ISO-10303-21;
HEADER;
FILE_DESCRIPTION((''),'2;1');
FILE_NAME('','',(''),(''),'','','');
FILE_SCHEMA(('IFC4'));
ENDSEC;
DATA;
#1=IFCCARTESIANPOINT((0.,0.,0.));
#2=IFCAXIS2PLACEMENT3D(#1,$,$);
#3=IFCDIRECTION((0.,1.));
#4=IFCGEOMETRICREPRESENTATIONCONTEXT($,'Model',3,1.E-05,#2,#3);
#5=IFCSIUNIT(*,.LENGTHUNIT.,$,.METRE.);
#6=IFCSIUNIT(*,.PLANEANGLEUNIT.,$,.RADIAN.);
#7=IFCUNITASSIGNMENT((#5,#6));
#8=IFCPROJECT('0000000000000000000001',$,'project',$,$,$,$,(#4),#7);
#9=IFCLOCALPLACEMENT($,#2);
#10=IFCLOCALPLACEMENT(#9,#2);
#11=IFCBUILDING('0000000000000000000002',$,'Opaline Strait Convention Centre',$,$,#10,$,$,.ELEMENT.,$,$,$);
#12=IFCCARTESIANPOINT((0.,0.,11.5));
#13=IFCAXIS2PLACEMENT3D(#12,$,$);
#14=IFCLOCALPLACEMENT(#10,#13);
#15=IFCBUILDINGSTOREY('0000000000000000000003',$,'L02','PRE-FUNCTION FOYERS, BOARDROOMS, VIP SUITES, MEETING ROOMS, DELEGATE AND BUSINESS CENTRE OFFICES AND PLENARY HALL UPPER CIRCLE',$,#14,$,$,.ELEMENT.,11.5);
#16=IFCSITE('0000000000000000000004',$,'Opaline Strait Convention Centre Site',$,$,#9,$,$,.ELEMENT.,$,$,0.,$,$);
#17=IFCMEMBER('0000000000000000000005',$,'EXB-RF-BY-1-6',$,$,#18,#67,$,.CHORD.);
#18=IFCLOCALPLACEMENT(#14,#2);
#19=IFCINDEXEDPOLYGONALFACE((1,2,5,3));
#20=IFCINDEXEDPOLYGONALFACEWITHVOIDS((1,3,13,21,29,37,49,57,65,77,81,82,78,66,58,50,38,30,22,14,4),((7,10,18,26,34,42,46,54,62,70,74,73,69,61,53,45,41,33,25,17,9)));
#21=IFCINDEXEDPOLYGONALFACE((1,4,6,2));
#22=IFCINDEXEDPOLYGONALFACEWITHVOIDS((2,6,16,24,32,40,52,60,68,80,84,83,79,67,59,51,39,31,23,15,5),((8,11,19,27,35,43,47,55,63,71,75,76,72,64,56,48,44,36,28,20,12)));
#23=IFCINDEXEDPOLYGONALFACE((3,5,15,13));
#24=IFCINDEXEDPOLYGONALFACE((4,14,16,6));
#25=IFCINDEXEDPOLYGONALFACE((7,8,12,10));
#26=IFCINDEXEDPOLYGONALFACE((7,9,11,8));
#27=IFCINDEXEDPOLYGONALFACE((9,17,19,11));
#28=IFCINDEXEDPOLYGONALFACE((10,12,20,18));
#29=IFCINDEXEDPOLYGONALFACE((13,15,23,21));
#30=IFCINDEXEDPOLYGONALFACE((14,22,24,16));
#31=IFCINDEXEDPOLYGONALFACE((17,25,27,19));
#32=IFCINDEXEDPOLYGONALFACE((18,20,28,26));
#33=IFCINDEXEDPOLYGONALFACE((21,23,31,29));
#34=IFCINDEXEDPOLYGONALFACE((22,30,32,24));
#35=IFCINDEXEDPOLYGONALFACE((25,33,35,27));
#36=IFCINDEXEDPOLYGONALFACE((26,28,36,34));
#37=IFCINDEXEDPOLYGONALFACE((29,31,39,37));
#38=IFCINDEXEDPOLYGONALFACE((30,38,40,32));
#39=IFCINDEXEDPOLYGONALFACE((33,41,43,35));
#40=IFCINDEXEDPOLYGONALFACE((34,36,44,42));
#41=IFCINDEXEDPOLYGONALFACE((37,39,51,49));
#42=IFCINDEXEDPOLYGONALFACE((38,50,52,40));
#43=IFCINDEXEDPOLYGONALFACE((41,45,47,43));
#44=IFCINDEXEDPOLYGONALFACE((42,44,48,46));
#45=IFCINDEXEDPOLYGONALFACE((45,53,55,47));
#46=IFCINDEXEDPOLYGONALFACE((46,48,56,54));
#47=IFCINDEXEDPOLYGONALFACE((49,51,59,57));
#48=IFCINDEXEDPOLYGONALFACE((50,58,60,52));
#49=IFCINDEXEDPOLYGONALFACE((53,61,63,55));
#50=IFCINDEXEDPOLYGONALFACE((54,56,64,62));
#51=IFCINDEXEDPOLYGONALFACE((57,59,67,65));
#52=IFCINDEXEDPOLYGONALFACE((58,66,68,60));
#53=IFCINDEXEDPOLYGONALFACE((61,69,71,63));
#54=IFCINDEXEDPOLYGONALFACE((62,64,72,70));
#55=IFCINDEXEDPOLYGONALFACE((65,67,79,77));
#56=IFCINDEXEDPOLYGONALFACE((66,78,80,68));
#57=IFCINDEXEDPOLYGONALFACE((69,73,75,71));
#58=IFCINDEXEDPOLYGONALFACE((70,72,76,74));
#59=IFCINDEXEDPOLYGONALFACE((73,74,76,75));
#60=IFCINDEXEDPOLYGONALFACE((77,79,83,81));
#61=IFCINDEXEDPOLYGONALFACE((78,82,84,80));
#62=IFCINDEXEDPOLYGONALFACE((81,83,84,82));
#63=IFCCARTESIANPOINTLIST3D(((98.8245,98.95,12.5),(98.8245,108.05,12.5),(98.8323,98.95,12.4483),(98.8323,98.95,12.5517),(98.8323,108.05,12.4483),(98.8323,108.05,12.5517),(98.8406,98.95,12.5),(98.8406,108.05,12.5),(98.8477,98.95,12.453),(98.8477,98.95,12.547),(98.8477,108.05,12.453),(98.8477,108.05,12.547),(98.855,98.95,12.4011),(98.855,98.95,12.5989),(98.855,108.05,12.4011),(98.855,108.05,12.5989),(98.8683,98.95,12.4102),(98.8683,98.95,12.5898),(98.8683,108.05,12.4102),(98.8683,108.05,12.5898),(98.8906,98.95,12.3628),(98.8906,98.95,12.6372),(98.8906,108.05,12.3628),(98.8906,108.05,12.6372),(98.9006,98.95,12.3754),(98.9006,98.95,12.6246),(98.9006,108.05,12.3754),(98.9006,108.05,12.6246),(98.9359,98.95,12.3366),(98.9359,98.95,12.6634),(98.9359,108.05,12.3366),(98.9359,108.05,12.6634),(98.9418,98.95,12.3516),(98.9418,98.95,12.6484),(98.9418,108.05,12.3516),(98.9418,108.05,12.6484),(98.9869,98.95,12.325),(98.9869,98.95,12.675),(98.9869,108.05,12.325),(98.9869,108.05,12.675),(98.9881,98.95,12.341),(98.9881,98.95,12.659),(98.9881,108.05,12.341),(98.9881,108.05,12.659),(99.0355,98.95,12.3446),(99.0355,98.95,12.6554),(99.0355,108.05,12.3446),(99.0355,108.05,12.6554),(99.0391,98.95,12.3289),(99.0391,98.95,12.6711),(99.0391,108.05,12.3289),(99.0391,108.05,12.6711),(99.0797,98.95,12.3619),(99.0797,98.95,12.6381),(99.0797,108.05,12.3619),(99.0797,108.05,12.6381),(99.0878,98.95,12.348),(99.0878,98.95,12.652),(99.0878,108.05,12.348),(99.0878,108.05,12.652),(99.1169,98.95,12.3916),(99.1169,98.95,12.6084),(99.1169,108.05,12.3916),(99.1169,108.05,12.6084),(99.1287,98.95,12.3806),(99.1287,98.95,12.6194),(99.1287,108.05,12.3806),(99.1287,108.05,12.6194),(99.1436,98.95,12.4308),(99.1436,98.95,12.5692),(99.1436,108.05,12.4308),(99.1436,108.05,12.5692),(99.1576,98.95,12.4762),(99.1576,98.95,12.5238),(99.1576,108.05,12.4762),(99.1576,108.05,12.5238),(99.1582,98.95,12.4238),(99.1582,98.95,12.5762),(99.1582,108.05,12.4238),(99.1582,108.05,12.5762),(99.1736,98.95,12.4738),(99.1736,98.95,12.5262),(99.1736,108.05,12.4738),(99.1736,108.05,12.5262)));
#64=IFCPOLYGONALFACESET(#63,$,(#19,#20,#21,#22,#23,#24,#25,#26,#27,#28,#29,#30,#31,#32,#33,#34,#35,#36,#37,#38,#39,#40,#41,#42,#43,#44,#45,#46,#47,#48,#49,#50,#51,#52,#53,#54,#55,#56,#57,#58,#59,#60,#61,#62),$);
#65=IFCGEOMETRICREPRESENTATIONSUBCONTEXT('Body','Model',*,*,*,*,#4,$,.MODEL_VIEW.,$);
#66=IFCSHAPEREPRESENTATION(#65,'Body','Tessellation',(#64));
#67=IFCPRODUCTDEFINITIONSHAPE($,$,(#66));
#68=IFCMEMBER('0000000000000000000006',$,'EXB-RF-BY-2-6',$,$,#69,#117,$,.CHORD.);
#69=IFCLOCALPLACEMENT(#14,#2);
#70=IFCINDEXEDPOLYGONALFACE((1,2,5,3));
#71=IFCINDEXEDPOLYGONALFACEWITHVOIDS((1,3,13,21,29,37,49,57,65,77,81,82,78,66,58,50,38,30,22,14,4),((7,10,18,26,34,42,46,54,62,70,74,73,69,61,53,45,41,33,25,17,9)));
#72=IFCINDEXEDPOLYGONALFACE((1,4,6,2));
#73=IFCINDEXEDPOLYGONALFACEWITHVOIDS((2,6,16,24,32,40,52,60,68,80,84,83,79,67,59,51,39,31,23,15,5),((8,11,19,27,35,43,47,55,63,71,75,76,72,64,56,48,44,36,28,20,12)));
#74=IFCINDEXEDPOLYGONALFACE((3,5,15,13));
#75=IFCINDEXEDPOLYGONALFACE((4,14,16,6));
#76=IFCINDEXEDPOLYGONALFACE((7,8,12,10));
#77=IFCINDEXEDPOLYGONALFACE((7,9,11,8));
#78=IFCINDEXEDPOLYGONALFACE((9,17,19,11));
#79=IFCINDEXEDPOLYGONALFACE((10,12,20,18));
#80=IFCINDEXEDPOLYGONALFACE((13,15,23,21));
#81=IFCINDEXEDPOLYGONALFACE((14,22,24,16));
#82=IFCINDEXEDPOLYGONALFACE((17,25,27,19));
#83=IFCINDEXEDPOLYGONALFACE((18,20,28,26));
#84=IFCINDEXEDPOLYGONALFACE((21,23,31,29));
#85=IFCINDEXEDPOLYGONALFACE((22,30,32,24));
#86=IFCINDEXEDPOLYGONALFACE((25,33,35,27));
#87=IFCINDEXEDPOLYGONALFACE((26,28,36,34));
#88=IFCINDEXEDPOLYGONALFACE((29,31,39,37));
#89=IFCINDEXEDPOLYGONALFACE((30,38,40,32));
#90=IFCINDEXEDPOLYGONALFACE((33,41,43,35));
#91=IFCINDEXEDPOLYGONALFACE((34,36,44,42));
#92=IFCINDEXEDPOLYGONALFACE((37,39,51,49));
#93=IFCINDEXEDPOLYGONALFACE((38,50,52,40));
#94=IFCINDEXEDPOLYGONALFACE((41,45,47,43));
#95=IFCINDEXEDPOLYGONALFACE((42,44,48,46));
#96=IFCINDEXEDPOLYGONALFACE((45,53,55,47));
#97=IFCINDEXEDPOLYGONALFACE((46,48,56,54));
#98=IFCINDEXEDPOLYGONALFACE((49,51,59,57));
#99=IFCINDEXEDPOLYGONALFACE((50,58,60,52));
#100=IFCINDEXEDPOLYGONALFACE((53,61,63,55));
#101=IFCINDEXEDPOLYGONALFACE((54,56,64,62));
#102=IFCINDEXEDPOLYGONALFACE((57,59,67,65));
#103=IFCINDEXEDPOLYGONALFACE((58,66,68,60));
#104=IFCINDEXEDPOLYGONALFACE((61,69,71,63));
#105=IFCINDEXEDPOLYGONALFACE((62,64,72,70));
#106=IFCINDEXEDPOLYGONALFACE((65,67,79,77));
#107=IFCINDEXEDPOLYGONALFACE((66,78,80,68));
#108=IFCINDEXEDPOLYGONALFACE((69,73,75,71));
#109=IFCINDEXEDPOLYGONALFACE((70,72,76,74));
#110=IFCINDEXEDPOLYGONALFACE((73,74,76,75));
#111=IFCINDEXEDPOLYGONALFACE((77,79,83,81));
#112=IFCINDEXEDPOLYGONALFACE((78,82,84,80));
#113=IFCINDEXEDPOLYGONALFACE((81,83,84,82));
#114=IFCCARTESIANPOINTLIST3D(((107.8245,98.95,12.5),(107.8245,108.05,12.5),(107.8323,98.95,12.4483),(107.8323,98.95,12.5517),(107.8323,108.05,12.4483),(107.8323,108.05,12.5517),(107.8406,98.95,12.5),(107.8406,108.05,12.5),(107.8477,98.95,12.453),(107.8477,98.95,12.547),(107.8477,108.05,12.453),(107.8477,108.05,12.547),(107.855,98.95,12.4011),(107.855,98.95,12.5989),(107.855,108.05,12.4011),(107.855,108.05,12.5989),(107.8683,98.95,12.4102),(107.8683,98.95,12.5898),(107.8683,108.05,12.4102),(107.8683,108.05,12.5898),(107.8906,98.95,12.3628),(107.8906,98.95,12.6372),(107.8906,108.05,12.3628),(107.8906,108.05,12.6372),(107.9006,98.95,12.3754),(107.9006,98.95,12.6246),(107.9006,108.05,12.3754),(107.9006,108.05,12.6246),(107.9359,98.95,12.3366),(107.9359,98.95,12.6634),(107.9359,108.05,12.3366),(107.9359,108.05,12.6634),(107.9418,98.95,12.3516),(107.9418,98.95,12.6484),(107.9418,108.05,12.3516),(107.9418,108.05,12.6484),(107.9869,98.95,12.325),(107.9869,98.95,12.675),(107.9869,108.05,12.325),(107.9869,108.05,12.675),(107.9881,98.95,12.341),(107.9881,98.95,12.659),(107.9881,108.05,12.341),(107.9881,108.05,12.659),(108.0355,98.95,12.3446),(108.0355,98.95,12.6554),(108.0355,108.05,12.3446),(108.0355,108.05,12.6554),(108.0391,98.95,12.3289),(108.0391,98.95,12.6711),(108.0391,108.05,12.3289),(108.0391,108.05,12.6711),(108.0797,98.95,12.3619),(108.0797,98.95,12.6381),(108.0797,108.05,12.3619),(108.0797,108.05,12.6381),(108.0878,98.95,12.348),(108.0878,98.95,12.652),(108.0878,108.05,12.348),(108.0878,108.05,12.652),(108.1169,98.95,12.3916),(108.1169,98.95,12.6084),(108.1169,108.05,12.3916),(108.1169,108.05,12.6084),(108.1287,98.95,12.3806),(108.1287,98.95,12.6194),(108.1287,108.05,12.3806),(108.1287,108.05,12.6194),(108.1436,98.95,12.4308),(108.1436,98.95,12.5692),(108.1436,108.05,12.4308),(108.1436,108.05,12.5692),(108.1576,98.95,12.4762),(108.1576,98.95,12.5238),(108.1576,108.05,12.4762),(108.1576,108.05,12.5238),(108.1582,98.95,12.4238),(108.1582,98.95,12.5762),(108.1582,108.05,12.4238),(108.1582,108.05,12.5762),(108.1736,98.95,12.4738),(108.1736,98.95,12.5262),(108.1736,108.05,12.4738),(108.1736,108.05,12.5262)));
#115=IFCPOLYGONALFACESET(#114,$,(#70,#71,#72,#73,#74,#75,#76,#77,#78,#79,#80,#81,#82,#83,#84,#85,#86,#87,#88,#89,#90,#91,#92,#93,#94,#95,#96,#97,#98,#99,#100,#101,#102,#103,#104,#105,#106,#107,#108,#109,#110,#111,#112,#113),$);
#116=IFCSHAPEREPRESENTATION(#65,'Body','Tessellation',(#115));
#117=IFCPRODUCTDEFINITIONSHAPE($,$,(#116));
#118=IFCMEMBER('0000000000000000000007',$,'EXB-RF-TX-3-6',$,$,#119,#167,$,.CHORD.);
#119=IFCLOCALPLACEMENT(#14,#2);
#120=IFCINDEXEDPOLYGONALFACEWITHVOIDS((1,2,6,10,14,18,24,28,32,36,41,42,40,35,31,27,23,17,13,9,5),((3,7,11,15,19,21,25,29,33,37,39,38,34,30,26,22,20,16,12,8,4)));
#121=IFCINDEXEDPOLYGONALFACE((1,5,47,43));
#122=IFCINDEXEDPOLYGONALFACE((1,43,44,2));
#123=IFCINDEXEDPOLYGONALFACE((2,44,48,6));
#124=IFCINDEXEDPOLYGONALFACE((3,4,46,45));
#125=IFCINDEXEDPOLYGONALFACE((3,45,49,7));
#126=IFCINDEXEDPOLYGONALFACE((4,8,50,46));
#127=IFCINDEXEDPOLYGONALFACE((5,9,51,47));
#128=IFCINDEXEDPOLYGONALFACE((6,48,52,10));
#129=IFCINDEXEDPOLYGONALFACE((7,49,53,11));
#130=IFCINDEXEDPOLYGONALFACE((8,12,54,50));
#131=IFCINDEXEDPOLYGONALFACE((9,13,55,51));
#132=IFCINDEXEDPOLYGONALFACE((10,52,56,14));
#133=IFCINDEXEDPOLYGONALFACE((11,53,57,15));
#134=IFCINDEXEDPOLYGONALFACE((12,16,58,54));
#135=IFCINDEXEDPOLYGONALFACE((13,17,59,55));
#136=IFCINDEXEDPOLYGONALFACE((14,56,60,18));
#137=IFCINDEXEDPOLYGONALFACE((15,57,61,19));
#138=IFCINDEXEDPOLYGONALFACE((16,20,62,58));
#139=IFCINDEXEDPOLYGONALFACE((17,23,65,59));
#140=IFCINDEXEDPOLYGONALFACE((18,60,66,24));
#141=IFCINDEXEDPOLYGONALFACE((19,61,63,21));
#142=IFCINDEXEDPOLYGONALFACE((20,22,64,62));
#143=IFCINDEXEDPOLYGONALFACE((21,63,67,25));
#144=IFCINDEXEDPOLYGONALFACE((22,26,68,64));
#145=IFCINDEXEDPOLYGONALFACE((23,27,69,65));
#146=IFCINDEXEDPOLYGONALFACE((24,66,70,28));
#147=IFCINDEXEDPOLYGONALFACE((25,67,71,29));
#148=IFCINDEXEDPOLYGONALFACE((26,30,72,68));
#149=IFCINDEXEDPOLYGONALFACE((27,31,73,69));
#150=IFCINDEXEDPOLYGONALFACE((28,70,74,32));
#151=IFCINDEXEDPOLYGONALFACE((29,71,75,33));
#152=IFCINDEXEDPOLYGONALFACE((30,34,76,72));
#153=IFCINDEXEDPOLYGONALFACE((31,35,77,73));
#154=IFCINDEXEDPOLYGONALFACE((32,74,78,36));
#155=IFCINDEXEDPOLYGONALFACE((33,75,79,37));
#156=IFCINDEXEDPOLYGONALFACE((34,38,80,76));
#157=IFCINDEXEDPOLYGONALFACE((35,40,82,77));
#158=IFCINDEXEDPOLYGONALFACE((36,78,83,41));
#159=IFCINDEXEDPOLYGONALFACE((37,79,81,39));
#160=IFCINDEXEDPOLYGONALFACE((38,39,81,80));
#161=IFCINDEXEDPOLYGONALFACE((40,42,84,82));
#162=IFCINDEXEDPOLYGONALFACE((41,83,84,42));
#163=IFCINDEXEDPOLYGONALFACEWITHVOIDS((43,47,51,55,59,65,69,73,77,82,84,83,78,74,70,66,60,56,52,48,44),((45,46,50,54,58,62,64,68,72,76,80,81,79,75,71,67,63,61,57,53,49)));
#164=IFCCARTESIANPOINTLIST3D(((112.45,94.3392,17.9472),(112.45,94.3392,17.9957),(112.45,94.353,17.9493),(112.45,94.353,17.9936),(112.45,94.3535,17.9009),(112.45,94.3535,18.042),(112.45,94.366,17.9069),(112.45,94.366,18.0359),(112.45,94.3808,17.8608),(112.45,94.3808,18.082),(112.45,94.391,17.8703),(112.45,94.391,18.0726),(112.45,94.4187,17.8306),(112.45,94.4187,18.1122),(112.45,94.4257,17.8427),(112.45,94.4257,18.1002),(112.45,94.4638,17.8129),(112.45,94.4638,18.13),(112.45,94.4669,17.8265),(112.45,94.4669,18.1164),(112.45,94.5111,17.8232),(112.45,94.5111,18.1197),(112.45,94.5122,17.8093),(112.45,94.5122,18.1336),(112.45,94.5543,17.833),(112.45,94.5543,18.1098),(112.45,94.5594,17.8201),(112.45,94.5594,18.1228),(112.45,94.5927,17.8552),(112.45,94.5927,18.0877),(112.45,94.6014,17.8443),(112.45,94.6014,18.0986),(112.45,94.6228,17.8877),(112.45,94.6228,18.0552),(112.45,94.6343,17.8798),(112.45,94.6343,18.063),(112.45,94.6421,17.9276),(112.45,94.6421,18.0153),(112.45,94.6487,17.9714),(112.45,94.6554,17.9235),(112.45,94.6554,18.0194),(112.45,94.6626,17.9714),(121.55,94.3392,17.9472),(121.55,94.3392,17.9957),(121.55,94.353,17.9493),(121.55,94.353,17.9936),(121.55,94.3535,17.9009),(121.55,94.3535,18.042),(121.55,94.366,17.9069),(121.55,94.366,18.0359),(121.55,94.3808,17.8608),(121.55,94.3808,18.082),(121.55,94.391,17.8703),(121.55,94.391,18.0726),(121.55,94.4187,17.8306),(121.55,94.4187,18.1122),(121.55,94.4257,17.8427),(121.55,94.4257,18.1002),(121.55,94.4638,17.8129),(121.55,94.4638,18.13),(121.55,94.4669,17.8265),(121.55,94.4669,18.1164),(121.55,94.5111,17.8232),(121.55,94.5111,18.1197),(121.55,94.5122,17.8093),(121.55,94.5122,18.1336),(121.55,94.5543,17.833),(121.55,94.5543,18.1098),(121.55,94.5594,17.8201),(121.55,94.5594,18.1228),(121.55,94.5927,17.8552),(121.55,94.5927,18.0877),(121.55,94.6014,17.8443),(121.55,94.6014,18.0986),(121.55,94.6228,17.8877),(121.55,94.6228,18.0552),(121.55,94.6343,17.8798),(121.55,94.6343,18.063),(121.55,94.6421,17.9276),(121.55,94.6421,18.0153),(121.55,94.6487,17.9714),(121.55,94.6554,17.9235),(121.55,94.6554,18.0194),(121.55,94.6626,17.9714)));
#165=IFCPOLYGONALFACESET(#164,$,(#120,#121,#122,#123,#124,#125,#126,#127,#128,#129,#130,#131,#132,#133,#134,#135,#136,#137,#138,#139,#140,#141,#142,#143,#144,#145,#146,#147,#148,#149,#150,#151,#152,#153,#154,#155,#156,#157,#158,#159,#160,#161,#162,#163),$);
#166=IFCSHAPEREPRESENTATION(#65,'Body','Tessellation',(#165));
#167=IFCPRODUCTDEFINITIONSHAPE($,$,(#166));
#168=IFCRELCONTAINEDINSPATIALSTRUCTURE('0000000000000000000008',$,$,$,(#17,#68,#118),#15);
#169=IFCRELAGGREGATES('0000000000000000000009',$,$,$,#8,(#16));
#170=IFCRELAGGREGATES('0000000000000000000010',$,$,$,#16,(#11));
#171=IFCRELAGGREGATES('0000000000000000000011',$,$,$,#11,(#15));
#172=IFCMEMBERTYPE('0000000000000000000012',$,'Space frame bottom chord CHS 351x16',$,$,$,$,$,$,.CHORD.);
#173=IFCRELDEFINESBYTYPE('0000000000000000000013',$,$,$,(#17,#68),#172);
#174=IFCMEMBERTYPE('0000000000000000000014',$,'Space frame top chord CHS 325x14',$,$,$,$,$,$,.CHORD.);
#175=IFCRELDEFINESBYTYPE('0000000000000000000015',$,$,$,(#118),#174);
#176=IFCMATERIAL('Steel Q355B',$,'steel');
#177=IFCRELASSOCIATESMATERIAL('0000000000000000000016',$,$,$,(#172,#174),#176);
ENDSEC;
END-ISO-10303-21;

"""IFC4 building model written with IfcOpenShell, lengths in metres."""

from ifc_helpers import new_model, si_unit, direction, frame, origin, origin_2d, place, context, subcontext, project, spatial, hollow_circle, extrude, material, material_profile, profile_set, type_object, element, save


model = new_model("IFC4")

# Units and contexts
model_context = context("Model", 3, precision=1e-05, world=origin(), true_north=direction((0.0, 1.0)))
body_context = subcontext(model_context, "Body", "Model", "MODEL_VIEW")
ifc_project = project(units=[si_unit("LENGTHUNIT", "METRE"), si_unit("PLANEANGLEUNIT", "RADIAN")], contexts=[model_context])

# Site, building, storey
site_placement = place(None, origin())
site = spatial("IfcSite", under=ifc_project, at=site_placement, Name="Opaline Strait Convention Centre Site", CompositionType="ELEMENT", RefElevation=0.0)
building_placement = place(site_placement, origin())
building = spatial("IfcBuilding", under=site, at=building_placement, Name="Opaline Strait Convention Centre", CompositionType="ELEMENT")
storey_placement = place(building_placement, frame((0.0, 0.0, 11.5)))
storey = spatial("IfcBuildingStorey", under=building, at=storey_placement, Name="L02", Description="PRE-FUNCTION FOYERS, BOARDROOMS, VIP SUITES, MEETING ROOMS, DELEGATE AND BUSINESS CENTRE OFFICES AND PLENARY HALL UPPER CIRCLE", CompositionType="ELEMENT", Elevation=11.5)

# Members
ifc_material = material(Name="Steel Q355B", Category="steel")
ifc_material_profile_1 = material_profile(ifc_material, hollow_circle(Radius=0.1755, WallThickness=0.0161, at=origin_2d()), Name="CHS 351x16")
ifc_profile_set_1 = profile_set([ifc_material_profile_1], Name="Steel Q355B")
member_type_1 = type_object("IfcMemberType", Name="Space frame bottom chord CHS 351x16", PredefinedType="CHORD", material=ifc_profile_set_1)
for number, where, z_axis, x_axis, name in (
    (1, (99.0, 98.95, 12.5), (0.0, 1.0, 0.0), (-1.0, 0.0, 0.0), "EXB-RF-BY-1-6"),
    (2, (108.0, 98.95, 12.5), (0.0, 1.0, 0.0), (-1.0, 0.0, 0.0), "EXB-RF-BY-2-6"),
):
    element("IfcMember", number, at=place(storey_placement, frame(where, z_axis=z_axis, x_axis=x_axis)), inside=storey, type_object=member_type_1, Name=name, PredefinedType="CHORD", context=body_context, shape_type="SweptSolid", body=[
        extrude(hollow_circle(Radius=0.1755, WallThickness=0.0161, at=origin_2d()), origin(), (0.0, 0.0, 1.0), 9.1001),
    ])
ifc_material_profile_2 = material_profile(ifc_material, hollow_circle(Radius=0.1626, WallThickness=0.0139, at=origin_2d()), Name="CHS 325x14")
ifc_profile_set_2 = profile_set([ifc_material_profile_2], Name="Steel Q355B")
member_type_2 = type_object("IfcMemberType", Name="Space frame top chord CHS 325x14", PredefinedType="CHORD", material=ifc_profile_set_2)
for number, where, z_axis, x_axis, name in (
    (3, (112.45, 94.5, 17.9714), (1.0, 0.0, 0.0), (0.0, 1.0, 0.0), "EXB-RF-TX-3-6"),
):
    element("IfcMember", number, at=place(storey_placement, frame(where, z_axis=z_axis, x_axis=x_axis)), inside=storey, type_object=member_type_2, Name=name, PredefinedType="CHORD", context=body_context, shape_type="SweptSolid", body=[
        extrude(hollow_circle(Radius=0.1626, WallThickness=0.0139, at=origin_2d()), origin(), (0.0, 0.0, 1.0), 9.1001),
    ])

save(model, "model.ifc")
